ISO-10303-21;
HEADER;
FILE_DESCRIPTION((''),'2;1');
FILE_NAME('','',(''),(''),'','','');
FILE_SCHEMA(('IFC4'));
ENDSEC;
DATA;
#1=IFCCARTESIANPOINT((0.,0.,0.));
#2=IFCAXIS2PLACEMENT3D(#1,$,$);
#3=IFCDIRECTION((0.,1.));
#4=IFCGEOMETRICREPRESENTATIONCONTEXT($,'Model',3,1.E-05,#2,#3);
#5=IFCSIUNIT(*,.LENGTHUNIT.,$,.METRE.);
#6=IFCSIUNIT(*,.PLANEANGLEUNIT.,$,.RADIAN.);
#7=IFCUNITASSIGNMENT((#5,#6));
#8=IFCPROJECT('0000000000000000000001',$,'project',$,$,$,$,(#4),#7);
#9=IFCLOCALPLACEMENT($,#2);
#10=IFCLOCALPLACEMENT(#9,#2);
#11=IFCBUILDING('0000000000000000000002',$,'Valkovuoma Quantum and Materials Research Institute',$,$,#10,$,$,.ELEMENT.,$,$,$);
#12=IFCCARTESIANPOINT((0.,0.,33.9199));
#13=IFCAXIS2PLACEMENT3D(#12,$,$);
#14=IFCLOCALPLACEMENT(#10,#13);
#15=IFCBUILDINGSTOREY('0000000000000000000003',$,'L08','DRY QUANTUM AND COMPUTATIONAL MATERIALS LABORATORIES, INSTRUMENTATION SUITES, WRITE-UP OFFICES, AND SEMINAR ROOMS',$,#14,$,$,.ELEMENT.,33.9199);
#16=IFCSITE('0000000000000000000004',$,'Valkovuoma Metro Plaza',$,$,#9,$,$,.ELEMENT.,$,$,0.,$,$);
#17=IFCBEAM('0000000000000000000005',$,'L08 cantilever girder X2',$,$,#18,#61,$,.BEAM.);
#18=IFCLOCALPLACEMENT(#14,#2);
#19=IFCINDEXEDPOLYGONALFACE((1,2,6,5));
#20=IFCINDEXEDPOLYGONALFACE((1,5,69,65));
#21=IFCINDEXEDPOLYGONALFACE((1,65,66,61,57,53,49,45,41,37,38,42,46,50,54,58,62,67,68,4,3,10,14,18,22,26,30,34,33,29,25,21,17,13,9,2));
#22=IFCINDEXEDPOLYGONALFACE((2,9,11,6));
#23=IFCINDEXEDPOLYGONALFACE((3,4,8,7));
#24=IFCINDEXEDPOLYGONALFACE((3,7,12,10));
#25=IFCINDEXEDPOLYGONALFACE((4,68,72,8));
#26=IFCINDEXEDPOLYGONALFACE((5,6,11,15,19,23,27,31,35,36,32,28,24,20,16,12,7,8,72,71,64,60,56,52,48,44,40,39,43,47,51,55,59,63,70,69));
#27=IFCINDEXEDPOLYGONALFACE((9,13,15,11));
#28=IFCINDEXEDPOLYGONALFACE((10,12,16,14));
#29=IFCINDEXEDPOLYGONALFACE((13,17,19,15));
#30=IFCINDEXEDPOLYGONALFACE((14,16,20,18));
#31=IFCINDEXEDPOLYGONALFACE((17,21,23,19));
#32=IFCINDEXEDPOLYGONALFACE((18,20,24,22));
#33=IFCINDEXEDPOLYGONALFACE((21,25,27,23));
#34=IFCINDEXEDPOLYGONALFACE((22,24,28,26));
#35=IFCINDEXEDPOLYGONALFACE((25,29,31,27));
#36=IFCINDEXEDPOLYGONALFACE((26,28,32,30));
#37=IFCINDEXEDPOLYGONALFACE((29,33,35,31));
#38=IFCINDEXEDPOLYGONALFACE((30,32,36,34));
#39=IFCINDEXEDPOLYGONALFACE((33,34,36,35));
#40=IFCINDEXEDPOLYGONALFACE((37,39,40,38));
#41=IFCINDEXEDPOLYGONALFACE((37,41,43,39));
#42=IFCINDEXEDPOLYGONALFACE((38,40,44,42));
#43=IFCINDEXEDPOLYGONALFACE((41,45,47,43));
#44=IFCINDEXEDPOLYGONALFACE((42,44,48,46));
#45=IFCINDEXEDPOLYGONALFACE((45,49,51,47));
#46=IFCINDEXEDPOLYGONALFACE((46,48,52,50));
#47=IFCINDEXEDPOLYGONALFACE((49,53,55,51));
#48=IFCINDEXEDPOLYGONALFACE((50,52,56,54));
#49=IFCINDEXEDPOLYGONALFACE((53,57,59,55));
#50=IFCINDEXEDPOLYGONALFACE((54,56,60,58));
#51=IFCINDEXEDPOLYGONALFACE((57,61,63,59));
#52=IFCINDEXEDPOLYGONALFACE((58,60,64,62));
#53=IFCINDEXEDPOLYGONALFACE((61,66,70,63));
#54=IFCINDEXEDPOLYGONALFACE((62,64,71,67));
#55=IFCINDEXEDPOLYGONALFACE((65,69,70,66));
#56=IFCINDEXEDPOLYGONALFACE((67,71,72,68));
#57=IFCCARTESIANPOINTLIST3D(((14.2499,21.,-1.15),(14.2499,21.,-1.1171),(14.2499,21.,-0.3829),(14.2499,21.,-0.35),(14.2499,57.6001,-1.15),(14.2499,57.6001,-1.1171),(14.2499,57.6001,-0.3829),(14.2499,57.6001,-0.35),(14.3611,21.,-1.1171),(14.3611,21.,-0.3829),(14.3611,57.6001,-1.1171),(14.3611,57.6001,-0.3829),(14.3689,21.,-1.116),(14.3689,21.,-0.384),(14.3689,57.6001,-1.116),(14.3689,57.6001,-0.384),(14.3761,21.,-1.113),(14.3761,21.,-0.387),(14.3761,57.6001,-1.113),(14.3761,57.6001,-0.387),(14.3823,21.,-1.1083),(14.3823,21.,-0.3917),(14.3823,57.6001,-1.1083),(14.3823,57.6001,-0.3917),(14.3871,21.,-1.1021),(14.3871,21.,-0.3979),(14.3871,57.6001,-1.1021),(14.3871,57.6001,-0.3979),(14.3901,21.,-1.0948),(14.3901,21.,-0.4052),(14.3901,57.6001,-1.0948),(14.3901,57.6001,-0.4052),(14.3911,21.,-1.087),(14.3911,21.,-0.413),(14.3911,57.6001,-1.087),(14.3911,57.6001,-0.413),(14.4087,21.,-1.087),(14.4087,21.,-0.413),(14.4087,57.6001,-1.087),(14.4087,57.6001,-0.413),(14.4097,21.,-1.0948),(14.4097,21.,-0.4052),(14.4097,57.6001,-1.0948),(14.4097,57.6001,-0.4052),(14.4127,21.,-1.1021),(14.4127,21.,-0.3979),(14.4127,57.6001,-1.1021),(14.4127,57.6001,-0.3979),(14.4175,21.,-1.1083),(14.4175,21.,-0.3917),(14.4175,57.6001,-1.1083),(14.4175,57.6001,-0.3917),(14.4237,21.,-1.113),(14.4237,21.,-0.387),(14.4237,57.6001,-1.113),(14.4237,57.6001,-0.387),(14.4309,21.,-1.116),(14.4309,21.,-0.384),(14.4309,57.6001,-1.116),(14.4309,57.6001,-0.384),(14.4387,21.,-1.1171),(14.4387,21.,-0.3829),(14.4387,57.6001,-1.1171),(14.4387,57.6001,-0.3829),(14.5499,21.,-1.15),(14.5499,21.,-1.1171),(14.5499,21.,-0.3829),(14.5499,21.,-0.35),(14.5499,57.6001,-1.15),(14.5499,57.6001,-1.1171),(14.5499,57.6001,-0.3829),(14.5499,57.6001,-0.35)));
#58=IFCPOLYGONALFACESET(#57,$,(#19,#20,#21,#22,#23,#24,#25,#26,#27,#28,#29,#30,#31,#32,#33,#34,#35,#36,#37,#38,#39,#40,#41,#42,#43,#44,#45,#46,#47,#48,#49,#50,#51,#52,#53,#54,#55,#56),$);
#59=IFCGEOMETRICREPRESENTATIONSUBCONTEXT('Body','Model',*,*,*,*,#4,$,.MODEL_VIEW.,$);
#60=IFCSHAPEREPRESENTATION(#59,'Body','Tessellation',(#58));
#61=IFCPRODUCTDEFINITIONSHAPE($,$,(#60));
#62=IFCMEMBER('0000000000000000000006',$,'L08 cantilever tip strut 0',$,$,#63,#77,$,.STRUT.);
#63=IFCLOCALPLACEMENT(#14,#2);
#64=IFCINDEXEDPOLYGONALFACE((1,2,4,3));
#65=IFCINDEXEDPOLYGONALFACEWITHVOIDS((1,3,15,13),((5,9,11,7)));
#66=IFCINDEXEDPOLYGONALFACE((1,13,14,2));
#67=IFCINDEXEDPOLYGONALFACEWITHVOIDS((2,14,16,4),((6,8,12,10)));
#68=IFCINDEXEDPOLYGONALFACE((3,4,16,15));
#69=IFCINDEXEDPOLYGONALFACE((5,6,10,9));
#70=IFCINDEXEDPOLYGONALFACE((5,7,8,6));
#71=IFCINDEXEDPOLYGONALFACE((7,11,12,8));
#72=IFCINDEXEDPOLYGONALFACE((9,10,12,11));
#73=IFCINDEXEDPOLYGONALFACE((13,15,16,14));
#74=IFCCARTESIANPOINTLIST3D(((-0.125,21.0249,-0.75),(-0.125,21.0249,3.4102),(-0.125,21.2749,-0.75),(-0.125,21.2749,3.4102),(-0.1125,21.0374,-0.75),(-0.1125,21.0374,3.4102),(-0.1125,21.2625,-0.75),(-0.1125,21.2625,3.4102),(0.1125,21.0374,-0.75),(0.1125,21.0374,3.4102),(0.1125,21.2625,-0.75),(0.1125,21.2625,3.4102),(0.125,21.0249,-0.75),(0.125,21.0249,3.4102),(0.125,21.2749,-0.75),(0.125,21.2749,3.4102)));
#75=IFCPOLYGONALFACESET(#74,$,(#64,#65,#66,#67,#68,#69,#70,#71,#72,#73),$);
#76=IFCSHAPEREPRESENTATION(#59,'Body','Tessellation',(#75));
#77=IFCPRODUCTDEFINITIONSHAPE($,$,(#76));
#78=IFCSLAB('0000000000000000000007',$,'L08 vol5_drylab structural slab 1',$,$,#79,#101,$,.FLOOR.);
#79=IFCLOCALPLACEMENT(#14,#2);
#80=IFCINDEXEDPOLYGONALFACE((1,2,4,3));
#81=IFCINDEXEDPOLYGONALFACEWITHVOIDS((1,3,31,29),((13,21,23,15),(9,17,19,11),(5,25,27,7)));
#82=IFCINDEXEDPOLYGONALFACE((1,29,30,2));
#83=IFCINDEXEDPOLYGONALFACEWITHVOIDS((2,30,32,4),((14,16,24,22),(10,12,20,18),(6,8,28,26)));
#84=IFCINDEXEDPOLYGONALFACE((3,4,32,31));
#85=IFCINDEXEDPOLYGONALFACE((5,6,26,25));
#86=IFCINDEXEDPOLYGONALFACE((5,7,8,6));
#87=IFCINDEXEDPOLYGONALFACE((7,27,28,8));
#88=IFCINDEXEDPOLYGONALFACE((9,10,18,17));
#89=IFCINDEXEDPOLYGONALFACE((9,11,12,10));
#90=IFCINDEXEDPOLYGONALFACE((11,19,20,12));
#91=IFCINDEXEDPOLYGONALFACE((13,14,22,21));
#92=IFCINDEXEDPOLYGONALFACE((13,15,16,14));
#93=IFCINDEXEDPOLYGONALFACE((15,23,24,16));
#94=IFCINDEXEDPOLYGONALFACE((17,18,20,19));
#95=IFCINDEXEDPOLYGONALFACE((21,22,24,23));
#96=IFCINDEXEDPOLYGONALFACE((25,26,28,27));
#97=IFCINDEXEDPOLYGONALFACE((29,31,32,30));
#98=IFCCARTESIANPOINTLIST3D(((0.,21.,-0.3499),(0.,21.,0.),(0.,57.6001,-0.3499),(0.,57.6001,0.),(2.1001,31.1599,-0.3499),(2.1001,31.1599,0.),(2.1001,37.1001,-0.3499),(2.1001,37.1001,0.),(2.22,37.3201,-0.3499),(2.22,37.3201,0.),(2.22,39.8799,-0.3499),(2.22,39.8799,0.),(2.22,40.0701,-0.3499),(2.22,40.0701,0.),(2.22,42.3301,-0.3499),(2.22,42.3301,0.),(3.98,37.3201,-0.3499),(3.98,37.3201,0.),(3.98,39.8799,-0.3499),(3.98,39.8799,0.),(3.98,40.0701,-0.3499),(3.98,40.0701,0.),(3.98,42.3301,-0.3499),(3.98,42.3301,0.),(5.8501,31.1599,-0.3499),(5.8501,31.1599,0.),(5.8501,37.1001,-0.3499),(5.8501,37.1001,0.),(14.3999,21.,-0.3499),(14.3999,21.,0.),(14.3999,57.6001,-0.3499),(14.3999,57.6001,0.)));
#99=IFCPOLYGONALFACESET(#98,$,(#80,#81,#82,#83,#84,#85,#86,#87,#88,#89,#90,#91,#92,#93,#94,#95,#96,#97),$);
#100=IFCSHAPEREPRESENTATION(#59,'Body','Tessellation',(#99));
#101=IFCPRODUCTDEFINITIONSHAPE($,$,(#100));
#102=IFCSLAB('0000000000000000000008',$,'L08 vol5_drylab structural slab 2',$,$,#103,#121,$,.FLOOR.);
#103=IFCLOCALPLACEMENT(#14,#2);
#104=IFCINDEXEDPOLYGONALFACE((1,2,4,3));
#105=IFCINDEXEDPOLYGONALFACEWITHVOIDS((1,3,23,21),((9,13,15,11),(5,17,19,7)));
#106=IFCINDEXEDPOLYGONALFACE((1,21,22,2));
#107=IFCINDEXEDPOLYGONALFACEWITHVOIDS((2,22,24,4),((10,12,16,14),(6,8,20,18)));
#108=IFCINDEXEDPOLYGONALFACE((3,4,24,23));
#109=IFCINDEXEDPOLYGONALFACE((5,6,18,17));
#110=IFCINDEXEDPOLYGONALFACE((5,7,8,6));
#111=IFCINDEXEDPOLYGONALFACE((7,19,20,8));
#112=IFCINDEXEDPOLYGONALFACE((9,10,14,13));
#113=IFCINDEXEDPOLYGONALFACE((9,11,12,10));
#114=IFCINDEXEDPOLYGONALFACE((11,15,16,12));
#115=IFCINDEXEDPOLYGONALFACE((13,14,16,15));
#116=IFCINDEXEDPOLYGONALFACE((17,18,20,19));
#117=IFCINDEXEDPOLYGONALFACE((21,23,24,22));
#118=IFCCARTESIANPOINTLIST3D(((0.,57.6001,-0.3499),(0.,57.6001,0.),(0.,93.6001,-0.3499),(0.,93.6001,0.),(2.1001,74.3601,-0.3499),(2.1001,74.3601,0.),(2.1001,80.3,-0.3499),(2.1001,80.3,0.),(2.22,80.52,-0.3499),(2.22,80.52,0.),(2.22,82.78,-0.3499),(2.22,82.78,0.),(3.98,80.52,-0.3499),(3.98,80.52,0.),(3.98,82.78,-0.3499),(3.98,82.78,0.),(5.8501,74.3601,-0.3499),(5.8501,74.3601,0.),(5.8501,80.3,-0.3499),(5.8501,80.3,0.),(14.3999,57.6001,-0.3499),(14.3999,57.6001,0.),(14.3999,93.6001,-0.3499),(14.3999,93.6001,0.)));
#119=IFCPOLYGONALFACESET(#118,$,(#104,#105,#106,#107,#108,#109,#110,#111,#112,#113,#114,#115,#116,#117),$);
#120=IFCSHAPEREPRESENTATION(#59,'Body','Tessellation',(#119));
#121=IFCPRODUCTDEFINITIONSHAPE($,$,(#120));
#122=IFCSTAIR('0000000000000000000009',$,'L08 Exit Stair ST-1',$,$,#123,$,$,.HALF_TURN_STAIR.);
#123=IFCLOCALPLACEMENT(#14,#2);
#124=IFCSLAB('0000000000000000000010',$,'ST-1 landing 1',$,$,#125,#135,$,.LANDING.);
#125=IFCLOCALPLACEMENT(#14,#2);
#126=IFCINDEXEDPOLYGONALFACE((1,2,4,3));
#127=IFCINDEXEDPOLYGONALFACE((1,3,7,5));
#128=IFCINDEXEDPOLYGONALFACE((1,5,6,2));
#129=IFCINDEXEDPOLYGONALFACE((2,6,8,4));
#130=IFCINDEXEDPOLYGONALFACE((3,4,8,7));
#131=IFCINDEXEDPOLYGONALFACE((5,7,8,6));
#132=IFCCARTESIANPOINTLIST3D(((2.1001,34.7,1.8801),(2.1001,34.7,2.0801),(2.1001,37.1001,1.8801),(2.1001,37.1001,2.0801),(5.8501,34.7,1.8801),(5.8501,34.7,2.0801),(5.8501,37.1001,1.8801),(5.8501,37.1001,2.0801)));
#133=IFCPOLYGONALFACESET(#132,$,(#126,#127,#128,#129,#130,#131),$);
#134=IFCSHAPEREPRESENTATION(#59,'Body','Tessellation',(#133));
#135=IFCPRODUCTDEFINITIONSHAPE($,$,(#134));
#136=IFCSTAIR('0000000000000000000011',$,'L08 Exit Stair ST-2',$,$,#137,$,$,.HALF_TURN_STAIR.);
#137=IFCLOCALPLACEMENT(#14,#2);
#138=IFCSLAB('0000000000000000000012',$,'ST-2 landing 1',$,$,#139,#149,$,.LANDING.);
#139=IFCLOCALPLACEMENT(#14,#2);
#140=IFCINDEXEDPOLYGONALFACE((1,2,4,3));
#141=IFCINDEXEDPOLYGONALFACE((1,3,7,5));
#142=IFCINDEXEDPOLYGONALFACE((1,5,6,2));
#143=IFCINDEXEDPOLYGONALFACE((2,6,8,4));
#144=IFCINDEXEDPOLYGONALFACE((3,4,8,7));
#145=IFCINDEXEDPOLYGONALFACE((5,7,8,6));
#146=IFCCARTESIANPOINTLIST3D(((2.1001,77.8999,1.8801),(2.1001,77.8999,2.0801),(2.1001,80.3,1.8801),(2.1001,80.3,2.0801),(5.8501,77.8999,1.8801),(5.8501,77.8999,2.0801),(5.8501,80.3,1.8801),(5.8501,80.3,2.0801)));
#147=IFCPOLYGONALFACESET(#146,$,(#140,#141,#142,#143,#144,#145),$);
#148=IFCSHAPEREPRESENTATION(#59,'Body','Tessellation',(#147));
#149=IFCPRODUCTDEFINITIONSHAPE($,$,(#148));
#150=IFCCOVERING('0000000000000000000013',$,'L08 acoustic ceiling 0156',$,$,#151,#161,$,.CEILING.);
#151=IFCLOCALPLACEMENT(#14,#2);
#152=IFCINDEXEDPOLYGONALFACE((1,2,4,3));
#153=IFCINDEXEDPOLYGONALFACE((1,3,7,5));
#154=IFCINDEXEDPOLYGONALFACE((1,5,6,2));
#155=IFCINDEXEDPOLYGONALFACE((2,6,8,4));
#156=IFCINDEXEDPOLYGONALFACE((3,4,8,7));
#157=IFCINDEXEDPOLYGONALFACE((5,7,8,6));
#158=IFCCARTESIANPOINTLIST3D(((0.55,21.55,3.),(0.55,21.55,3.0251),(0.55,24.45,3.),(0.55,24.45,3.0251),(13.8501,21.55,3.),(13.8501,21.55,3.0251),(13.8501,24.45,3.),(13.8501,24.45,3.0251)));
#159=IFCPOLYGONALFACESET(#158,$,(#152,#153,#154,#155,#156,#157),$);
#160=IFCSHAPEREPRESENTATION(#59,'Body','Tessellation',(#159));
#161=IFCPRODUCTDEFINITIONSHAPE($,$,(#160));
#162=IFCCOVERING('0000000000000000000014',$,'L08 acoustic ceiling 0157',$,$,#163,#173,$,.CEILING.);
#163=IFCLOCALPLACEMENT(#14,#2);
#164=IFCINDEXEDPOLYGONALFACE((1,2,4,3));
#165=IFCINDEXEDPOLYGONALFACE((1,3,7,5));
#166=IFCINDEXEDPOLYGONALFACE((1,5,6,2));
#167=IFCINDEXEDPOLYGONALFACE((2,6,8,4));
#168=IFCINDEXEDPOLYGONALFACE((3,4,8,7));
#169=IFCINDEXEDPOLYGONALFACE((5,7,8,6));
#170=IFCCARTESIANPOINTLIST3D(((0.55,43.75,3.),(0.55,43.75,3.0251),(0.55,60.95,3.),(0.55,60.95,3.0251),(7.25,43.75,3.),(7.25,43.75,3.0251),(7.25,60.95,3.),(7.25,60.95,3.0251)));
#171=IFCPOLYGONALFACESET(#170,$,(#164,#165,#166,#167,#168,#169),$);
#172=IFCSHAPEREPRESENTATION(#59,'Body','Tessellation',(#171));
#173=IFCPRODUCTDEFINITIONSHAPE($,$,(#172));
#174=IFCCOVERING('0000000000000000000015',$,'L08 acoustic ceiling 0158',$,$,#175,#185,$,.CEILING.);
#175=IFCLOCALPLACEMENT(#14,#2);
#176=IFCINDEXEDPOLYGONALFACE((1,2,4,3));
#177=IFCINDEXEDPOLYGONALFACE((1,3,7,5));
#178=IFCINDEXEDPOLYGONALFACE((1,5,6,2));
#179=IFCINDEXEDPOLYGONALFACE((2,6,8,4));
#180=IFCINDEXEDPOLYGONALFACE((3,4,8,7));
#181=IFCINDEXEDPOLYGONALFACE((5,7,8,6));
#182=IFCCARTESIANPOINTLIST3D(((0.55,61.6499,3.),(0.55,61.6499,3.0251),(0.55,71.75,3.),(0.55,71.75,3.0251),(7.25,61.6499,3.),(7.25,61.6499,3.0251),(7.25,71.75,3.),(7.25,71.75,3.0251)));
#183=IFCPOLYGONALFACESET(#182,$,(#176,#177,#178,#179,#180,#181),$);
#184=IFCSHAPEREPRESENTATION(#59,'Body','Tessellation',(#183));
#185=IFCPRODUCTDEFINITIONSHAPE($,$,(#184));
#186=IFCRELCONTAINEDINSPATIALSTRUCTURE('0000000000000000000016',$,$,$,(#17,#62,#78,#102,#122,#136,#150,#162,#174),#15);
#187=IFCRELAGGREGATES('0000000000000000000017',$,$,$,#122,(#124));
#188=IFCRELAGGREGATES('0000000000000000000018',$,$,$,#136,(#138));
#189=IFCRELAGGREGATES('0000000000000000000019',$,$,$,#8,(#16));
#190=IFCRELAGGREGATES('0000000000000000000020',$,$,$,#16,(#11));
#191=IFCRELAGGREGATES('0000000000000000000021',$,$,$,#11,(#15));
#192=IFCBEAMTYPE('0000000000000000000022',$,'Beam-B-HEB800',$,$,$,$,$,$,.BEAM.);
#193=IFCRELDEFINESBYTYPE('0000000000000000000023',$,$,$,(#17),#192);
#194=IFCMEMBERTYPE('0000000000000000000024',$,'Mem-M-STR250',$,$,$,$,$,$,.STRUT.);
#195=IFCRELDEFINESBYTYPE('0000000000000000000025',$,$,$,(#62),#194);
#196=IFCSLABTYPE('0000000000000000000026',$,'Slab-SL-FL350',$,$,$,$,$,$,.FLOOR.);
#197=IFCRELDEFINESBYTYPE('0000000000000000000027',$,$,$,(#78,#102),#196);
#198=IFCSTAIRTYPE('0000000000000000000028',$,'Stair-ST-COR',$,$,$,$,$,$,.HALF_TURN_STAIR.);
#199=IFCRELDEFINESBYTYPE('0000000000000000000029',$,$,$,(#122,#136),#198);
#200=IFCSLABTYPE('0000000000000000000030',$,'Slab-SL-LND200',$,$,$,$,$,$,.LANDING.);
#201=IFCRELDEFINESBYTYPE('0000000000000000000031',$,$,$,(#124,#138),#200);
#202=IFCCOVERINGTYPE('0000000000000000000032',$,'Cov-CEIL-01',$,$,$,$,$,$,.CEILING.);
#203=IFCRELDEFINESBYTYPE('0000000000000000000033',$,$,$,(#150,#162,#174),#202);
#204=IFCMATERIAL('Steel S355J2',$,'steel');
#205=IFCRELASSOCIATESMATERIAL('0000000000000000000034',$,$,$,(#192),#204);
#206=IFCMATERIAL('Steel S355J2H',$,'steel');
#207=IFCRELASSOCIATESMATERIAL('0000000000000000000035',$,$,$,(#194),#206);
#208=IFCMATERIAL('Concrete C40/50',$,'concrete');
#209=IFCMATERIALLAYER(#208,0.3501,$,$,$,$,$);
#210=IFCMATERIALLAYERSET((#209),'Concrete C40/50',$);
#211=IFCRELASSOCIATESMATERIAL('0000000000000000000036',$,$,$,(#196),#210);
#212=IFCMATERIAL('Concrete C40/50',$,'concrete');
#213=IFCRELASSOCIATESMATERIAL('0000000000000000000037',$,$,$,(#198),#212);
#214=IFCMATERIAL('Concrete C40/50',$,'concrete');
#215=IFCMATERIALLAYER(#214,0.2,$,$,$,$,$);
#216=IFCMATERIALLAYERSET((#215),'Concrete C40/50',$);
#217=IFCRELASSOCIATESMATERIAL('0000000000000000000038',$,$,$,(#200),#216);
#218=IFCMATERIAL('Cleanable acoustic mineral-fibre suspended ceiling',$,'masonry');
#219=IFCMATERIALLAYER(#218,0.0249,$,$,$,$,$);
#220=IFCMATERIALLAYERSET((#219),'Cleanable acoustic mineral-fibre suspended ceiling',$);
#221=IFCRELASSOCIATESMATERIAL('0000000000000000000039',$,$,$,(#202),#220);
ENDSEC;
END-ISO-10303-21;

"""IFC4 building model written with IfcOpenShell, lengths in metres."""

from ifc_helpers import new_model, si_unit, direction, frame, origin, origin_2d, place, context, subcontext, project, spatial, polyline, hollow_rectangle, i_section, outline, extrude, material, layer, layer_set, material_profile, profile_set, type_object, element, aggregate, save


model = new_model("IFC4")

# Units and contexts
model_context = context("Model", 3, precision=1e-05, world=origin(), true_north=direction((0.0, 1.0)))
body_context = subcontext(model_context, "Body", "Model", "MODEL_VIEW")
ifc_project = project(units=[si_unit("LENGTHUNIT", "METRE"), si_unit("PLANEANGLEUNIT", "RADIAN")], contexts=[model_context])

# Site, building, storey
site_placement = place(None, origin())
site = spatial("IfcSite", under=ifc_project, at=site_placement, Name="Valkovuoma Metro Plaza", CompositionType="ELEMENT", RefElevation=0.0)
building_placement = place(site_placement, origin())
building = spatial("IfcBuilding", under=site, at=building_placement, Name="Valkovuoma Quantum and Materials Research Institute", CompositionType="ELEMENT")
storey_placement = place(building_placement, frame((0.0, 0.0, 33.9199)))
storey = spatial("IfcBuildingStorey", under=building, at=storey_placement, Name="L08", Description="DRY QUANTUM AND COMPUTATIONAL MATERIALS LABORATORIES, INSTRUMENTATION SUITES, WRITE-UP OFFICES, AND SEMINAR ROOMS", CompositionType="ELEMENT", Elevation=33.9199)

# Beam
ifc_material_1 = material(Name="Steel S355J2", Category="steel")
ifc_material_profile_1 = material_profile(ifc_material_1, i_section(OverallWidth=0.3, OverallDepth=0.8, WebThickness=0.0176, FlangeThickness=0.033, FilletRadius=0.03, at=origin_2d()), Name="Steel S355J2")
ifc_profile_set_1 = profile_set([ifc_material_profile_1], Name="Steel S355J2")
beam_type_1 = type_object("IfcBeamType", Name="Beam-B-HEB800", PredefinedType="BEAM", material=ifc_profile_set_1)
for number, where, z_axis, x_axis, name in (
    (1, (14.3999, 21.0, -0.75), (0.0, 1.0, 0.0), (-1.0, 0.0, 0.0), "L08 cantilever girder X2"),
):
    element("IfcBeam", number, at=place(storey_placement, frame(where, z_axis=z_axis, x_axis=x_axis)), inside=storey, type_object=beam_type_1, Name=name, PredefinedType="BEAM", context=body_context, shape_type="SweptSolid", body=[
        extrude(i_section(OverallWidth=0.3, OverallDepth=0.8, WebThickness=0.0176, FlangeThickness=0.033, FilletRadius=0.03, at=origin_2d()), origin(), (0.0, 0.0, 1.0), 36.6001),
    ])

# Member
ifc_material_2 = material(Name="Steel S355J2H", Category="steel")
ifc_material_profile_2 = material_profile(ifc_material_2, hollow_rectangle(XDim=0.25, YDim=0.25, WallThickness=0.0125, at=origin_2d()), Name="Steel S355J2H")
ifc_profile_set_2 = profile_set([ifc_material_profile_2], Name="Steel S355J2H")
member_type = type_object("IfcMemberType", Name="Mem-M-STR250", PredefinedType="STRUT", material=ifc_profile_set_2)
member_placement = place(storey_placement, frame((0.0, 21.1499, -0.75), z_axis=(0.0, 0.0, 1.0), x_axis=(1.0, 0.0, 0.0)))
element("IfcMember", 2, at=member_placement, inside=storey, type_object=member_type, Name="L08 cantilever tip strut 0", PredefinedType="STRUT", context=body_context, shape_type="SweptSolid", body=[
    extrude(hollow_rectangle(XDim=0.25, YDim=0.25, WallThickness=0.0125, at=origin_2d()), origin(), (0.0, 0.0, 1.0), 4.1602),
])

# Slabs
ifc_material_3 = material(Name="Concrete C40/50", Category="concrete")
ifc_layer_1 = layer(ifc_material_3, 0.3501)
ifc_layer_set_1 = layer_set([ifc_layer_1], Name="Concrete C40/50")
slab_type_1 = type_object("IfcSlabType", Name="Slab-SL-FL350", PredefinedType="FLOOR", material=ifc_layer_set_1)
slab_1_placement = place(storey_placement, frame((0.0, 0.0, -0.3499)))
element("IfcSlab", 3, at=slab_1_placement, inside=storey, type_object=slab_type_1, Name="L08 vol5_drylab structural slab 1", PredefinedType="FLOOR", context=body_context, shape_type="SweptSolid", body=[
    extrude(outline(polyline([(0.0, 21.0), (14.3999, 21.0), (14.3999, 57.6001), (0.0, 57.6001), (0.0, 21.0)]), holes=[polyline([(2.1001, 31.1599), (5.8501, 31.1599), (5.8501, 37.1001), (2.1001, 37.1001), (2.1001, 31.1599)]), polyline([(2.22, 37.3201), (3.98, 37.3201), (3.98, 39.8799), (2.22, 39.8799), (2.22, 37.3201)]), polyline([(2.22, 40.0701), (3.98, 40.0701), (3.98, 42.3301), (2.22, 42.3301), (2.22, 40.0701)])]), origin(), (0.0, 0.0, 1.0), 0.3499),
])
slab_2_placement = place(storey_placement, frame((0.0, 0.0, -0.3499)))
element("IfcSlab", 4, at=slab_2_placement, inside=storey, type_object=slab_type_1, Name="L08 vol5_drylab structural slab 2", PredefinedType="FLOOR", context=body_context, shape_type="SweptSolid", body=[
    extrude(outline(polyline([(0.0, 57.6001), (14.3999, 57.6001), (14.3999, 93.6001), (0.0, 93.6001), (0.0, 57.6001)]), holes=[polyline([(2.1001, 74.3601), (5.8501, 74.3601), (5.8501, 80.3), (2.1001, 80.3), (2.1001, 74.3601)]), polyline([(2.22, 80.52), (3.98, 80.52), (3.98, 82.78), (2.22, 82.78), (2.22, 80.52)])]), origin(), (0.0, 0.0, 1.0), 0.3499),
])

# Stairs, slabs
ifc_material_4 = material(Name="Concrete C40/50", Category="concrete")
stair_type = type_object("IfcStairType", Name="Stair-ST-COR", PredefinedType="HALF_TURN_STAIR", material=ifc_material_4)
stair_1_placement = place(storey_placement, origin())
stair_1 = element("IfcStair", 5, at=stair_1_placement, inside=storey, type_object=stair_type, Name="L08 Exit Stair ST-1", PredefinedType="HALF_TURN_STAIR")
ifc_material_5 = material(Name="Concrete C40/50", Category="concrete")
ifc_layer_2 = layer(ifc_material_5, 0.2)
ifc_layer_set_2 = layer_set([ifc_layer_2], Name="Concrete C40/50")
slab_type_2 = type_object("IfcSlabType", Name="Slab-SL-LND200", PredefinedType="LANDING", material=ifc_layer_set_2)
slab_3_placement = place(storey_placement, frame((0.0, 0.0, 1.8801)))
slab_3 = element("IfcSlab", 6, at=slab_3_placement, type_object=slab_type_2, Name="ST-1 landing 1", PredefinedType="LANDING", context=body_context, shape_type="SweptSolid", body=[
    extrude(outline(polyline([(5.8501, 34.7), (5.8501, 37.1001), (2.1001, 37.1001), (2.1001, 34.7), (5.8501, 34.7)])), origin(), (0.0, 0.0, 1.0), 0.2),
])
aggregate(stair_1, [slab_3])
stair_2_placement = place(storey_placement, origin())
stair_2 = element("IfcStair", 7, at=stair_2_placement, inside=storey, type_object=stair_type, Name="L08 Exit Stair ST-2", PredefinedType="HALF_TURN_STAIR")
slab_4_placement = place(storey_placement, frame((0.0, 0.0, 1.8801)))
slab_4 = element("IfcSlab", 8, at=slab_4_placement, type_object=slab_type_2, Name="ST-2 landing 1", PredefinedType="LANDING", context=body_context, shape_type="SweptSolid", body=[
    extrude(outline(polyline([(5.8501, 77.8999), (5.8501, 80.3), (2.1001, 80.3), (2.1001, 77.8999), (5.8501, 77.8999)])), origin(), (0.0, 0.0, 1.0), 0.2),
])
aggregate(stair_2, [slab_4])

# Coverings
ifc_material_6 = material(Name="Cleanable acoustic mineral-fibre suspended ceiling", Category="masonry")
ifc_layer_3 = layer(ifc_material_6, 0.0249)
ifc_layer_set_3 = layer_set([ifc_layer_3], Name="Cleanable acoustic mineral-fibre suspended ceiling")
covering_type_1 = type_object("IfcCoveringType", Name="Cov-CEIL-01", PredefinedType="CEILING", material=ifc_layer_set_3)
covering_1_placement = place(storey_placement, frame((0.0, 0.0, 3.0)))
element("IfcCovering", 9, at=covering_1_placement, inside=storey, type_object=covering_type_1, Name="L08 acoustic ceiling 0156", PredefinedType="CEILING", context=body_context, shape_type="SweptSolid", body=[
    extrude(outline(polyline([(0.55, 21.55), (13.8501, 21.55), (13.8501, 24.45), (0.55, 24.45), (0.55, 21.55)])), origin(), (0.0, 0.0, 1.0), 0.0251),
])
covering_2_placement = place(storey_placement, frame((0.0, 0.0, 3.0)))
element("IfcCovering", 10, at=covering_2_placement, inside=storey, type_object=covering_type_1, Name="L08 acoustic ceiling 0157", PredefinedType="CEILING", context=body_context, shape_type="SweptSolid", body=[
    extrude(outline(polyline([(0.55, 43.75), (7.25, 43.75), (7.25, 60.95), (0.55, 60.95), (0.55, 43.75)])), origin(), (0.0, 0.0, 1.0), 0.0251),
])
covering_3_placement = place(storey_placement, frame((0.0, 0.0, 3.0)))
element("IfcCovering", 11, at=covering_3_placement, inside=storey, type_object=covering_type_1, Name="L08 acoustic ceiling 0158", PredefinedType="CEILING", context=body_context, shape_type="SweptSolid", body=[
    extrude(outline(polyline([(0.55, 61.6499), (7.25, 61.6499), (7.25, 71.75), (0.55, 71.75), (0.55, 61.6499)])), origin(), (0.0, 0.0, 1.0), 0.0251),
])

save(model, "model.ifc")
